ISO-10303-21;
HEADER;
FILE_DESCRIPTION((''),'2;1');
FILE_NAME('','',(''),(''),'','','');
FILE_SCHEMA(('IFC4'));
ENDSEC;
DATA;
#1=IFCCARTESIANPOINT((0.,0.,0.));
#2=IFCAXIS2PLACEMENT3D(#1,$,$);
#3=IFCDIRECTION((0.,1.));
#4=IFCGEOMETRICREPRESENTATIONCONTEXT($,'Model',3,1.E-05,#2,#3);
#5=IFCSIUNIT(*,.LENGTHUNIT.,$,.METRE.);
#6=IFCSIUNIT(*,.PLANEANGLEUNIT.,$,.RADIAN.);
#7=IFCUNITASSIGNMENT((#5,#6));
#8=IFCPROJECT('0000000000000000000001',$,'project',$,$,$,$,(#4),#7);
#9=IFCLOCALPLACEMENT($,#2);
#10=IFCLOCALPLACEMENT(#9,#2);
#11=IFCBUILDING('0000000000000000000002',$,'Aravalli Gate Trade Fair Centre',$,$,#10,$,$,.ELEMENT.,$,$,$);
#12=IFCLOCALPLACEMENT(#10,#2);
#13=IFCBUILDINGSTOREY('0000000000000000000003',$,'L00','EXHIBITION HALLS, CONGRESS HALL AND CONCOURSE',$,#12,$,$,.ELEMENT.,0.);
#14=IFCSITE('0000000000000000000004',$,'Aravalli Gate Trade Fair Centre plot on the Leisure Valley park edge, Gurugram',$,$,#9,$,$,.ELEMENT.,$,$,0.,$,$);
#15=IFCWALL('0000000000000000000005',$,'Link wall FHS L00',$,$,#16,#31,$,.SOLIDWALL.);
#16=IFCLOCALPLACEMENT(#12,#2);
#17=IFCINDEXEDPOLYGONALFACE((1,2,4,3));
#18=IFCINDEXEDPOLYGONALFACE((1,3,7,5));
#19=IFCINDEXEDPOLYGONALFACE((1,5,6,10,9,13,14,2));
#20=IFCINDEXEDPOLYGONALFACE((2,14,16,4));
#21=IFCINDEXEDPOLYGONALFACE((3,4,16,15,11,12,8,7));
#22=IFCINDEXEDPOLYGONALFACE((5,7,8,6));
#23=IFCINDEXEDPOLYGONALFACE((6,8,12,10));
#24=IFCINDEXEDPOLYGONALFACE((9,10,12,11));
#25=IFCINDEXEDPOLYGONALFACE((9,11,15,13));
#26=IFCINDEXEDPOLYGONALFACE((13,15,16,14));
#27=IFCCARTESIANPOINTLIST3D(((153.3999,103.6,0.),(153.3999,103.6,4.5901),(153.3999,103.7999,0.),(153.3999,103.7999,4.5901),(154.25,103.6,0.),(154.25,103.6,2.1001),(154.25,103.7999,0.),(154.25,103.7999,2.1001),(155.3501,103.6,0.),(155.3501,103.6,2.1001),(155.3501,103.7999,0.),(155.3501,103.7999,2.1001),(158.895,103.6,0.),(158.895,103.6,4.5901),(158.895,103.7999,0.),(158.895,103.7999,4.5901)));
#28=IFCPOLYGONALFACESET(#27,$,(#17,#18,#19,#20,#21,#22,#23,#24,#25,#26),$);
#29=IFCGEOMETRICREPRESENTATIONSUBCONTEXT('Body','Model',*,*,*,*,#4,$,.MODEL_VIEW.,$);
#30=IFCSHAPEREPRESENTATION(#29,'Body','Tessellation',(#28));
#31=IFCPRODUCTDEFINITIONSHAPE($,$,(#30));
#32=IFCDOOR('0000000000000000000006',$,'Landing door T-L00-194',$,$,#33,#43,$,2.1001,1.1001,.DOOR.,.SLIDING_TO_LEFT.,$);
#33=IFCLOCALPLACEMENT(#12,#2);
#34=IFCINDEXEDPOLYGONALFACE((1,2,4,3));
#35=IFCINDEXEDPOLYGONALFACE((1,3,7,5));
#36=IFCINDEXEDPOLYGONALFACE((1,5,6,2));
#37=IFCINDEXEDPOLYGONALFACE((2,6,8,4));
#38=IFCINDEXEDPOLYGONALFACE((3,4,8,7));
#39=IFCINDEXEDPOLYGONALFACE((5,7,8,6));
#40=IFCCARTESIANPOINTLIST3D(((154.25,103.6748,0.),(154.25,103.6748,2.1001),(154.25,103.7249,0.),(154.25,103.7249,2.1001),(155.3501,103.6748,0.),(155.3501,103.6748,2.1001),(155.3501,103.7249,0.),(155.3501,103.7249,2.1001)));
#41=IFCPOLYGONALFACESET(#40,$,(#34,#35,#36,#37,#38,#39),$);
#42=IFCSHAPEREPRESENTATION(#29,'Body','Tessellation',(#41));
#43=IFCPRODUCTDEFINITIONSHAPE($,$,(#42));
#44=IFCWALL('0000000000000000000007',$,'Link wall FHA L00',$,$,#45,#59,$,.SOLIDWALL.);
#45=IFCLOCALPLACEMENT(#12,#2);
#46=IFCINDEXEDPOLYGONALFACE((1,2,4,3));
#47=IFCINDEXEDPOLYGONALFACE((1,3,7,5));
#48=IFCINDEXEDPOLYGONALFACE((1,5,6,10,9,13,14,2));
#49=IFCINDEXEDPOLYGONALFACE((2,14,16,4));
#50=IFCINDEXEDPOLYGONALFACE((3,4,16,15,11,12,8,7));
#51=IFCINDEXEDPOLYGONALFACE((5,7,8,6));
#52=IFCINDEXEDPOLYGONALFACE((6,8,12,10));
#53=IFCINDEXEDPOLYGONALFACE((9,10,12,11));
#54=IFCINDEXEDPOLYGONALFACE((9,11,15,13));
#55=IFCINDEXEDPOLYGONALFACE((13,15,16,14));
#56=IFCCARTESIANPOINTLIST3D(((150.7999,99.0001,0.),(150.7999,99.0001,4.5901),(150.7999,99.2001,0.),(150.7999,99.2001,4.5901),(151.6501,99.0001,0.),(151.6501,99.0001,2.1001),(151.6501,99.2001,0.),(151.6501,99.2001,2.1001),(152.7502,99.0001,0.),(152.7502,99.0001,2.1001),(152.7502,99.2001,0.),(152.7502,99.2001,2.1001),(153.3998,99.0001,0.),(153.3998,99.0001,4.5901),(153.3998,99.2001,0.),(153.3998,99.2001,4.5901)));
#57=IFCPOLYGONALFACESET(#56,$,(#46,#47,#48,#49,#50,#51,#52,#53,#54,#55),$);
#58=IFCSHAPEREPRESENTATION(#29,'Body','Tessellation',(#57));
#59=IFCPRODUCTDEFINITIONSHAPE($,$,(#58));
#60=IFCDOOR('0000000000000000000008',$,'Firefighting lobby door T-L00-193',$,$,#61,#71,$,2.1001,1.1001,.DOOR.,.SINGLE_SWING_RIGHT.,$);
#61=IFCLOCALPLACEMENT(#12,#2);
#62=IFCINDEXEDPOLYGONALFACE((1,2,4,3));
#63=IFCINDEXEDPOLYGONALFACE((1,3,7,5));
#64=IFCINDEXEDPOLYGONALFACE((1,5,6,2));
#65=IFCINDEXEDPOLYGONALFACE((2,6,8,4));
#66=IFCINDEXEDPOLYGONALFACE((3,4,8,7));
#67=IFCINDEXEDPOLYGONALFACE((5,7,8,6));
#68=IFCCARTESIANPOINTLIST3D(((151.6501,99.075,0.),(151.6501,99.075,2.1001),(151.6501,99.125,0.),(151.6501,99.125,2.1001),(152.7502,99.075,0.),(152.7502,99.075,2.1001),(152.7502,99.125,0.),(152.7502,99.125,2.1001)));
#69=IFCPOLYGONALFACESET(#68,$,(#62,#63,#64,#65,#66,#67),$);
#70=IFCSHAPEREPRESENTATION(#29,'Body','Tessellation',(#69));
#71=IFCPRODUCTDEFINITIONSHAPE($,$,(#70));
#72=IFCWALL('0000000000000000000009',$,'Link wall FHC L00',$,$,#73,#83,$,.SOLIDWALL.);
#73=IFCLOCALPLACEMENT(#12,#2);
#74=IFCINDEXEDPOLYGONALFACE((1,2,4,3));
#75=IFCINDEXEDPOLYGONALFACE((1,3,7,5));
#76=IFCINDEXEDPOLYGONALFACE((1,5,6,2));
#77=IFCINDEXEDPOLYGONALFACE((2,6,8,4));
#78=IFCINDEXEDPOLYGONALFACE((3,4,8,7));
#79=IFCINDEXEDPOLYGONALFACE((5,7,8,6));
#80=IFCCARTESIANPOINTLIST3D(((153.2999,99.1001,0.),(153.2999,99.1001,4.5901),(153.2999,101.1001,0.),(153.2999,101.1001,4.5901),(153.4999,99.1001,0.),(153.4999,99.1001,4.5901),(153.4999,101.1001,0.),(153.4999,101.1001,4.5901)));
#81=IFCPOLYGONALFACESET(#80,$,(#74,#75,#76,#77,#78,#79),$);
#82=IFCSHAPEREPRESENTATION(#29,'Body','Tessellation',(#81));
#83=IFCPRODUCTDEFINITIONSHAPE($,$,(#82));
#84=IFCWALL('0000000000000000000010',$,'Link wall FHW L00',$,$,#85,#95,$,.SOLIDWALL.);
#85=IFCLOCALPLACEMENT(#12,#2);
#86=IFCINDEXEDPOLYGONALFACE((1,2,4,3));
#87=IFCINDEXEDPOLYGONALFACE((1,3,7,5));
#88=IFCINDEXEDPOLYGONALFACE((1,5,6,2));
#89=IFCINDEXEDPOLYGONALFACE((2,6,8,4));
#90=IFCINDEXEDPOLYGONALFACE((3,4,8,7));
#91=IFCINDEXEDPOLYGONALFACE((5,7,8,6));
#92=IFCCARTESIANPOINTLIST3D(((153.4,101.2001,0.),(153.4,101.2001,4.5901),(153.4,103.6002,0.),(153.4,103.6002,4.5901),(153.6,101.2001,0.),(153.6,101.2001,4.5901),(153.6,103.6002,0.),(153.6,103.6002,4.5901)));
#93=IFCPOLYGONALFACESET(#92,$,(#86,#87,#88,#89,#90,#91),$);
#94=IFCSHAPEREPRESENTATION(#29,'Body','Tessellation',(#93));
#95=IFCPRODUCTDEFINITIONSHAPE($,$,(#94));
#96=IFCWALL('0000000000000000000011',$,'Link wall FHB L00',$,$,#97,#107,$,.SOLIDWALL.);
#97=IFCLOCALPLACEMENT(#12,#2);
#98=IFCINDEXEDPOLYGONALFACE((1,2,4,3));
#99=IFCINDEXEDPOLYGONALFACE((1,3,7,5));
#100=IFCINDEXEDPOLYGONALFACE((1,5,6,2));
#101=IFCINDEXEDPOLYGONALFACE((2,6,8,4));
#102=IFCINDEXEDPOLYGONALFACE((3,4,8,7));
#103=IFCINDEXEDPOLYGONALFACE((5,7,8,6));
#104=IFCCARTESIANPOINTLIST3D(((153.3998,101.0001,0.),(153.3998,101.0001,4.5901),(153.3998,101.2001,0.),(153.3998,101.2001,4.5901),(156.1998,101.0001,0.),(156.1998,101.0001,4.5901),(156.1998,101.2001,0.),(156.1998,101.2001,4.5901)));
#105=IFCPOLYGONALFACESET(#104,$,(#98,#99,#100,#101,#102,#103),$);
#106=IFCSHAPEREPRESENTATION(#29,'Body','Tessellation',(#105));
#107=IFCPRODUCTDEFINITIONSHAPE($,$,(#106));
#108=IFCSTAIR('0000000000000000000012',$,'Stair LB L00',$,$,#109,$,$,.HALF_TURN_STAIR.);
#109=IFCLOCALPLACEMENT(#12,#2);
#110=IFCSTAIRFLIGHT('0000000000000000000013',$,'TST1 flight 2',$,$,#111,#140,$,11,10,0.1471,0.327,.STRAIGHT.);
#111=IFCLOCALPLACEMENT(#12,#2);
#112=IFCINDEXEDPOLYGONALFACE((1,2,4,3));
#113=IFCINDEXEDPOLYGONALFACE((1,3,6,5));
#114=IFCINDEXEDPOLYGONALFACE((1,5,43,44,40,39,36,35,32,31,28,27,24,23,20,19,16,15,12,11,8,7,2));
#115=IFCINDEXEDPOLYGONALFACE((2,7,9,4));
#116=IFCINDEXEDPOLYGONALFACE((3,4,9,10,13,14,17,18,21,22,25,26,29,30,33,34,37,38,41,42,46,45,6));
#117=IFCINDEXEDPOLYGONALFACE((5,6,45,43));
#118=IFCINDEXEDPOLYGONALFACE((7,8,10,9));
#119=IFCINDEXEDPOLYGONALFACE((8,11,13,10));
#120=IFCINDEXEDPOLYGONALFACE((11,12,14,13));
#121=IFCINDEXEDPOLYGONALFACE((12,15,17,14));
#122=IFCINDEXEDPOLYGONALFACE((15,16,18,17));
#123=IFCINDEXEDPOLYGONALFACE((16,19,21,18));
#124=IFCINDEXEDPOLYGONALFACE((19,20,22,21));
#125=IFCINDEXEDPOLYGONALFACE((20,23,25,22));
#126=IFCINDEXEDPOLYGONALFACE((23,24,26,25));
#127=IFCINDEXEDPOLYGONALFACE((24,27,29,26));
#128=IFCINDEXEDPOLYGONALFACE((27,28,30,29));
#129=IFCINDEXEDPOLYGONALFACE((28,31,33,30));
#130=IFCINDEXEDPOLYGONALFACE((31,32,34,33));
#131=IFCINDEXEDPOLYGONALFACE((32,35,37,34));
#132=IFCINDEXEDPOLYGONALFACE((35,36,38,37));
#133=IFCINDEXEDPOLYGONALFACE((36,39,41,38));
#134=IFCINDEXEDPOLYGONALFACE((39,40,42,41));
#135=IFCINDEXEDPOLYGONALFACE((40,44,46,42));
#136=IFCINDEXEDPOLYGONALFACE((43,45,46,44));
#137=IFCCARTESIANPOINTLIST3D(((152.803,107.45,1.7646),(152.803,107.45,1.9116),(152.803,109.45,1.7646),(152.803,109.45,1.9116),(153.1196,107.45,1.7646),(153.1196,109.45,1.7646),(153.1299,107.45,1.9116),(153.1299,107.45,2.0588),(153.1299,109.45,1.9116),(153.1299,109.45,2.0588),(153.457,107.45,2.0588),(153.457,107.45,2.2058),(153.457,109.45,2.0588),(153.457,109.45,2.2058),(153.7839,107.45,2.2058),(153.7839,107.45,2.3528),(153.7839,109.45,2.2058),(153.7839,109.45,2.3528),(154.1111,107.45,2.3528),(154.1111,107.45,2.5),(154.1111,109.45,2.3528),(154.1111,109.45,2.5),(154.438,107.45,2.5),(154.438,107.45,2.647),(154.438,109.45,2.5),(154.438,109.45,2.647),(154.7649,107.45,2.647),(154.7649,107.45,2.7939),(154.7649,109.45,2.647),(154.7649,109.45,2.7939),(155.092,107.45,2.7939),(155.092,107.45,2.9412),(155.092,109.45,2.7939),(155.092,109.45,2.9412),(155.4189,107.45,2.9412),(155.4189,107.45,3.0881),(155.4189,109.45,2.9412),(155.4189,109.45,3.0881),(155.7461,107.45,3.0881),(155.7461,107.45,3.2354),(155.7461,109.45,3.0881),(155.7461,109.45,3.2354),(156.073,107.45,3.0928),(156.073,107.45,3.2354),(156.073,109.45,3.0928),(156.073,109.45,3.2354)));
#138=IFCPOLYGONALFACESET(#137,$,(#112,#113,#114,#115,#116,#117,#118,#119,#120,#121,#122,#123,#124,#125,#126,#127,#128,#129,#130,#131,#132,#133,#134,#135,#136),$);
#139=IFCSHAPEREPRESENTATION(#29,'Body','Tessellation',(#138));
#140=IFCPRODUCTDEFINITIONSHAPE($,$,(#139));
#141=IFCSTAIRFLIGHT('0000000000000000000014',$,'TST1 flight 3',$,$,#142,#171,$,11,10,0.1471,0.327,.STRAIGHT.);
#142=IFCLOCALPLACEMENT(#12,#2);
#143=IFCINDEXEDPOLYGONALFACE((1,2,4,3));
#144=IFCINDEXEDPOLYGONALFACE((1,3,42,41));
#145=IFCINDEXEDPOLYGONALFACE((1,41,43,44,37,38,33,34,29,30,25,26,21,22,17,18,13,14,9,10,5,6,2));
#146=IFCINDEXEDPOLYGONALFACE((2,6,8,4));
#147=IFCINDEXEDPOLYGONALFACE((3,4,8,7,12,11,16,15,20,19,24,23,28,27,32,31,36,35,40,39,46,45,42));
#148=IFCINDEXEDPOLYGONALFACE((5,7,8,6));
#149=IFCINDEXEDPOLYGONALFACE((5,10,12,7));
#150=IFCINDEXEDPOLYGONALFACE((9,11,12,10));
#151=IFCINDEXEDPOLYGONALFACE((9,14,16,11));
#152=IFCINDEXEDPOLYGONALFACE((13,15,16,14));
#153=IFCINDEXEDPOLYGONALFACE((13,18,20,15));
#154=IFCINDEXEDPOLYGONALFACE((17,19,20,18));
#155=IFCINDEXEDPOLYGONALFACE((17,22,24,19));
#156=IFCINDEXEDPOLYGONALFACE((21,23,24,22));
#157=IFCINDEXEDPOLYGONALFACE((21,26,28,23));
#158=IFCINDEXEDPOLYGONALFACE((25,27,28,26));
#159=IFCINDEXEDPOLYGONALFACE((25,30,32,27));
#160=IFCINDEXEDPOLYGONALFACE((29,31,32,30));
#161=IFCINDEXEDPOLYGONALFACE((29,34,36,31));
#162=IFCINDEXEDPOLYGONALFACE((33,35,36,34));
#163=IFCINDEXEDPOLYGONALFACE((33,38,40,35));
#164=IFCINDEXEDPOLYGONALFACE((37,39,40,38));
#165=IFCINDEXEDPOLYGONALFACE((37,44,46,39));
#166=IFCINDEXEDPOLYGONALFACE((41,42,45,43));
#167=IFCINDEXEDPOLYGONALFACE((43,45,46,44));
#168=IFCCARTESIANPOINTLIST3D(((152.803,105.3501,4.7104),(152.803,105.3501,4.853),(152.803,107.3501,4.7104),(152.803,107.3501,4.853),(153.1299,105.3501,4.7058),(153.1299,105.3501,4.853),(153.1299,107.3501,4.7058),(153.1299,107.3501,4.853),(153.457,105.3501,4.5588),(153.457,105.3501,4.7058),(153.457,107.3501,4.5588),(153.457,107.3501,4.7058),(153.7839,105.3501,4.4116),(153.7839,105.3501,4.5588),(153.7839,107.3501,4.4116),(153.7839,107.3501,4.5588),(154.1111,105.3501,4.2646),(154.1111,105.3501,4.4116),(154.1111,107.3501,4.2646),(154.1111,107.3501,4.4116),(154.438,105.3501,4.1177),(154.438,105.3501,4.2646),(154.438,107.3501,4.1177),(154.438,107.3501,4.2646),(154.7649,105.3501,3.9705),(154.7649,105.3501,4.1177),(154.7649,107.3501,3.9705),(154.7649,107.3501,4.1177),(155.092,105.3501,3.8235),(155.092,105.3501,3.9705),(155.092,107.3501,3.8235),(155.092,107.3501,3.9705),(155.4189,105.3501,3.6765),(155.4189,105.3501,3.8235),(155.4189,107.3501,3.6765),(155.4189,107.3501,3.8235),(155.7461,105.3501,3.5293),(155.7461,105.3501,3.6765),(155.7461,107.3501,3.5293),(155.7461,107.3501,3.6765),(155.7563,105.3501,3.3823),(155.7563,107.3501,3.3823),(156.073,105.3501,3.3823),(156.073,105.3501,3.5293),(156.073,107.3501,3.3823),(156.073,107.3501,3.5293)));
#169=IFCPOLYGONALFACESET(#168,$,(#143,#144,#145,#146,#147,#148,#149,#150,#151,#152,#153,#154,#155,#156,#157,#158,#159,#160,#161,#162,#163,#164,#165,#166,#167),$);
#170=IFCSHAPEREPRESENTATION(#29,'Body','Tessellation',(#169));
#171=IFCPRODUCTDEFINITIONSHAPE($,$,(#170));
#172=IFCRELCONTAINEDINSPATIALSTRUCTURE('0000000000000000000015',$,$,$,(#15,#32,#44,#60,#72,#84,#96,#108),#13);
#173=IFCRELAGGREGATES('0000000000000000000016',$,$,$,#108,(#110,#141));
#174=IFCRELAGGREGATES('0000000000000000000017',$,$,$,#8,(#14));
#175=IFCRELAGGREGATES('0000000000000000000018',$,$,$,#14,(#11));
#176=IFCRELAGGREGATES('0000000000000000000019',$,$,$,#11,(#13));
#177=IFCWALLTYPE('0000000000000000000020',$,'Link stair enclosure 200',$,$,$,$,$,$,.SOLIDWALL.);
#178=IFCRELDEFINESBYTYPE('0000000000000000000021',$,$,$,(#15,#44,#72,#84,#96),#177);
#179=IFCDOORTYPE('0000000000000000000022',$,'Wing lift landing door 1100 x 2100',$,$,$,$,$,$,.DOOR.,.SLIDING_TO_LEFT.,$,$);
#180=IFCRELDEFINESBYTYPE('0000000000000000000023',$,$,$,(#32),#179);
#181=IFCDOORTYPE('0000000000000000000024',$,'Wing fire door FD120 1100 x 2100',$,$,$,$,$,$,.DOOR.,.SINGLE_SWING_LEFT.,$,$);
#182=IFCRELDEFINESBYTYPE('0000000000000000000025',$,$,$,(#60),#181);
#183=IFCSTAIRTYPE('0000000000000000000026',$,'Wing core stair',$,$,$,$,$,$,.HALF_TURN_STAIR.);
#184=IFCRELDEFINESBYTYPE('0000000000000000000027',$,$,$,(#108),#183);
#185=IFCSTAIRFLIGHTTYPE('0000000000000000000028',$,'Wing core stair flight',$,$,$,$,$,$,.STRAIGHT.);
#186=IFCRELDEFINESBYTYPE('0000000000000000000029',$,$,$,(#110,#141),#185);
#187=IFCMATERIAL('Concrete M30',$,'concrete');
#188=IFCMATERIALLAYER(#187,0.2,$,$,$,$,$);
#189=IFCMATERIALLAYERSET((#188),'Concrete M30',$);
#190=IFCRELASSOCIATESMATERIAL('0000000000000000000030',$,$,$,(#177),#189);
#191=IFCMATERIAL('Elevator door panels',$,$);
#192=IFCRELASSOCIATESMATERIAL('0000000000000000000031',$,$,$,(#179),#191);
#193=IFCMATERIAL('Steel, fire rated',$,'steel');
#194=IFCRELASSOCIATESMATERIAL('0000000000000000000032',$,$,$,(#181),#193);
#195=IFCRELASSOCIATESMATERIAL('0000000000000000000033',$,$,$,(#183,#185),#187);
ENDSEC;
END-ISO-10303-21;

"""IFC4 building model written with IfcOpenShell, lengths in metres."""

from ifc_helpers import new_model, si_unit, direction, frame, frame_2d, origin, place, context, subcontext, project, spatial, polyline, rectangle, outline, extrude, material, layer, layer_set, type_object, element, fill, aggregate, save


model = new_model("IFC4")

# Units and contexts
model_context = context("Model", 3, precision=1e-05, world=origin(), true_north=direction((0.0, 1.0)))
body_context = subcontext(model_context, "Body", "Model", "MODEL_VIEW")
ifc_project = project(units=[si_unit("LENGTHUNIT", "METRE"), si_unit("PLANEANGLEUNIT", "RADIAN")], contexts=[model_context])

# Site, building, storey
site_placement = place(None, origin())
site = spatial("IfcSite", under=ifc_project, at=site_placement, Name="Aravalli Gate Trade Fair Centre plot on the Leisure Valley park edge, Gurugram", CompositionType="ELEMENT", RefElevation=0.0)
building_placement = place(site_placement, origin())
building = spatial("IfcBuilding", under=site, at=building_placement, Name="Aravalli Gate Trade Fair Centre", CompositionType="ELEMENT")
storey_placement = place(building_placement, origin())
storey = spatial("IfcBuildingStorey", under=building, at=storey_placement, Name="L00", Description="EXHIBITION HALLS, CONGRESS HALL AND CONCOURSE", CompositionType="ELEMENT", Elevation=0.0)

# Walls, openings, doors
ifc_material_1 = material(Name="Steel, fire rated", Category="steel")
ifc_material_2 = material(Name="Concrete M30", Category="concrete")
ifc_layer_1 = layer(ifc_material_2, 0.2)
ifc_layer_set_1 = layer_set([ifc_layer_1], Name="Concrete M30")
wall_type_1 = type_object("IfcWallType", Name="Link stair enclosure 200", PredefinedType="SOLIDWALL", material=ifc_layer_set_1)
wall_1_placement = place(storey_placement, frame((153.3999, 103.7, 0.0), z_axis=(0.0, 0.0, 1.0), x_axis=(1.0, 0.0, 0.0)))
wall_1 = element("IfcWall", 1, at=wall_1_placement, inside=storey, type_object=wall_type_1, Name="Link wall FHS L00", PredefinedType="SOLIDWALL", context=body_context, shape_type="SweptSolid", body=[
    extrude(rectangle(XDim=5.4951, YDim=0.2, at=frame_2d((2.7476, 0.0))), origin(), (0.0, 0.0, 1.0), 4.5901),
])
opening_1_placement = place(wall_1_placement, frame((0.8501, 0.0, 0.0)))
opening_1 = element("IfcOpeningElement", 2, at=opening_1_placement, cuts=wall_1, PredefinedType="OPENING", context=body_context, shape_type="SweptSolid", body=[
    extrude(rectangle(XDim=1.1001, YDim=2.1001, at=frame_2d((0.55, 1.05))), frame((0.0, 0.1099, 0.0), z_axis=(0.0, -1.0, 0.0), x_axis=(1.0, 0.0, 0.0)), (0.0, 0.0, 1.0), 0.22),
])
ifc_material_3 = material(Name="Elevator door panels")
door_type_1 = type_object("IfcDoorType", Name="Wing lift landing door 1100 x 2100", OperationType="SLIDING_TO_LEFT", PredefinedType="DOOR", material=ifc_material_3)
door_1_placement = place(opening_1_placement, origin())
door_1 = element("IfcDoor", 3, at=door_1_placement, inside=storey, type_object=door_type_1, Name="Landing door T-L00-194", OperationType="SLIDING_TO_LEFT", OverallHeight=2.1001, OverallWidth=1.1001, PredefinedType="DOOR", context=body_context, shape_type="SweptSolid", body=[
    extrude(rectangle(XDim=1.1001, YDim=2.1001, at=frame_2d((0.55, 1.05))), frame((0.0, 0.0249, 0.0), z_axis=(0.0, -1.0, 0.0), x_axis=(1.0, 0.0, 0.0)), (0.0, 0.0, 1.0), 0.05),
])
fill(opening_1, door_1)
wall_2_placement = place(storey_placement, frame((150.8, 99.1001, 0.0), z_axis=(0.0, 0.0, 1.0), x_axis=(1.0, 0.0, 0.0)))
wall_2 = element("IfcWall", 4, at=wall_2_placement, inside=storey, type_object=wall_type_1, Name="Link wall FHA L00", PredefinedType="SOLIDWALL", context=body_context, shape_type="SweptSolid", body=[
    extrude(rectangle(XDim=2.5999, YDim=0.2, at=frame_2d((1.2998, 0.0))), origin(), (0.0, 0.0, 1.0), 4.5901),
])
opening_2_placement = place(wall_2_placement, frame((0.8501, 0.0, 0.0)))
opening_2 = element("IfcOpeningElement", 5, at=opening_2_placement, cuts=wall_2, PredefinedType="OPENING", context=body_context, shape_type="SweptSolid", body=[
    extrude(rectangle(XDim=1.1001, YDim=2.1001, at=frame_2d((0.55, 1.05))), frame((0.0, 0.1099, 0.0), z_axis=(0.0, -1.0, 0.0), x_axis=(1.0, 0.0, 0.0)), (0.0, 0.0, 1.0), 0.22),
])
door_type_2 = type_object("IfcDoorType", Name="Wing fire door FD120 1100 x 2100", OperationType="SINGLE_SWING_LEFT", PredefinedType="DOOR", material=ifc_material_1)
door_2_placement = place(opening_2_placement, origin())
door_2 = element("IfcDoor", 6, at=door_2_placement, inside=storey, type_object=door_type_2, Name="Firefighting lobby door T-L00-193", OperationType="SINGLE_SWING_RIGHT", OverallHeight=2.1001, OverallWidth=1.1001, PredefinedType="DOOR", context=body_context, shape_type="SweptSolid", body=[
    extrude(rectangle(XDim=1.1001, YDim=2.1001, at=frame_2d((0.55, 1.05))), frame((0.0, 0.0249, 0.0), z_axis=(0.0, -1.0, 0.0), x_axis=(1.0, 0.0, 0.0)), (0.0, 0.0, 1.0), 0.05),
])
fill(opening_2, door_2)

# Walls
wall_3_placement = place(storey_placement, frame((153.3999, 99.1001, 0.0), z_axis=(0.0, 0.0, 1.0), x_axis=(0.0, 1.0, 0.0)))
element("IfcWall", 7, at=wall_3_placement, inside=storey, type_object=wall_type_1, Name="Link wall FHC L00", PredefinedType="SOLIDWALL", context=body_context, shape_type="SweptSolid", body=[
    extrude(rectangle(XDim=2.0, YDim=0.2, at=frame_2d((1.0, 0.0))), origin(), (0.0, 0.0, 1.0), 4.5901),
])
wall_4_placement = place(storey_placement, frame((153.5, 101.2, 0.0), z_axis=(0.0, 0.0, 1.0), x_axis=(0.0, 1.0, 0.0)))
element("IfcWall", 8, at=wall_4_placement, inside=storey, type_object=wall_type_1, Name="Link wall FHW L00", PredefinedType="SOLIDWALL", context=body_context, shape_type="SweptSolid", body=[
    extrude(rectangle(XDim=2.4001, YDim=0.2, at=frame_2d((1.2002, 0.0))), origin(), (0.0, 0.0, 1.0), 4.5901),
])
wall_5_placement = place(storey_placement, frame((153.3999, 101.1001, 0.0), z_axis=(0.0, 0.0, 1.0), x_axis=(1.0, 0.0, 0.0)))
element("IfcWall", 9, at=wall_5_placement, inside=storey, type_object=wall_type_1, Name="Link wall FHB L00", PredefinedType="SOLIDWALL", context=body_context, shape_type="SweptSolid", body=[
    extrude(rectangle(XDim=2.8, YDim=0.2, at=frame_2d((1.3999, 0.0))), origin(), (0.0, 0.0, 1.0), 4.5901),
])

# Stair, stair flights
stair_type = type_object("IfcStairType", Name="Wing core stair", PredefinedType="HALF_TURN_STAIR", material=ifc_material_2)
stair_placement = place(storey_placement, origin())
stair = element("IfcStair", 10, at=stair_placement, inside=storey, type_object=stair_type, Name="Stair LB L00", PredefinedType="HALF_TURN_STAIR")
stair_flight_type = type_object("IfcStairFlightType", Name="Wing core stair flight", PredefinedType="STRAIGHT", material=ifc_material_2)
stair_flight_1_placement = place(storey_placement, frame((152.803, 108.45, 1.7646), z_axis=(0.0, 0.0, 1.0), x_axis=(1.0, 0.0, 0.0)))
stair_flight_1 = element("IfcStairFlight", 11, at=stair_flight_1_placement, type_object=stair_flight_type, Name="TST1 flight 2", NumberOfRisers=11, NumberOfTreads=10, PredefinedType="STRAIGHT", RiserHeight=0.1471, TreadLength=0.327, context=body_context, shape_type="SweptSolid", body=[
    extrude(outline(polyline([(0.0, 0.0), (0.0, 0.147), (0.3269, 0.147), (0.3269, 0.2942), (0.6541, 0.2942), (0.6541, 0.4412), (0.981, 0.4412), (0.981, 0.5881), (1.3081, 0.5881), (1.3081, 0.7354), (1.635, 0.7354), (1.635, 0.8823), (1.9619, 0.8823), (1.9619, 1.0293), (2.2891, 1.0293), (2.2891, 1.1765), (2.616, 1.1765), (2.616, 1.3235), (2.9431, 1.3235), (2.9431, 1.4707), (3.27, 1.4707), (3.27, 1.6177), (3.27, 1.3281), (0.3167, 0.0), (0.0, 0.0)])), frame((0.0, 1.0, 0.0), z_axis=(0.0, -1.0, 0.0), x_axis=(1.0, 0.0, 0.0)), (0.0, 0.0, 1.0), 2.0),
])
stair_flight_2_placement = place(storey_placement, frame((156.073, 106.3501, 3.3823), z_axis=(0.0, 0.0, 1.0), x_axis=(-1.0, 0.0, 0.0)))
stair_flight_2 = element("IfcStairFlight", 12, at=stair_flight_2_placement, type_object=stair_flight_type, Name="TST1 flight 3", NumberOfRisers=11, NumberOfTreads=10, PredefinedType="STRAIGHT", RiserHeight=0.1471, TreadLength=0.327, context=body_context, shape_type="SweptSolid", body=[
    extrude(outline(polyline([(0.0, 0.0), (0.0, 0.147), (0.3269, 0.147), (0.3269, 0.2942), (0.6541, 0.2942), (0.6541, 0.4412), (0.981, 0.4412), (0.981, 0.5881), (1.3081, 0.5881), (1.3081, 0.7354), (1.635, 0.7354), (1.635, 0.8823), (1.9619, 0.8823), (1.9619, 1.0293), (2.2891, 1.0293), (2.2891, 1.1765), (2.616, 1.1765), (2.616, 1.3235), (2.9431, 1.3235), (2.9431, 1.4707), (3.27, 1.4707), (3.27, 1.6177), (3.27, 1.3281), (0.3167, 0.0), (0.0, 0.0)])), frame((0.0, 1.0, 0.0), z_axis=(0.0, -1.0, 0.0), x_axis=(1.0, 0.0, 0.0)), (0.0, 0.0, 1.0), 2.0),
])
aggregate(stair, [stair_flight_1, stair_flight_2])

save(model, "model.ifc")
